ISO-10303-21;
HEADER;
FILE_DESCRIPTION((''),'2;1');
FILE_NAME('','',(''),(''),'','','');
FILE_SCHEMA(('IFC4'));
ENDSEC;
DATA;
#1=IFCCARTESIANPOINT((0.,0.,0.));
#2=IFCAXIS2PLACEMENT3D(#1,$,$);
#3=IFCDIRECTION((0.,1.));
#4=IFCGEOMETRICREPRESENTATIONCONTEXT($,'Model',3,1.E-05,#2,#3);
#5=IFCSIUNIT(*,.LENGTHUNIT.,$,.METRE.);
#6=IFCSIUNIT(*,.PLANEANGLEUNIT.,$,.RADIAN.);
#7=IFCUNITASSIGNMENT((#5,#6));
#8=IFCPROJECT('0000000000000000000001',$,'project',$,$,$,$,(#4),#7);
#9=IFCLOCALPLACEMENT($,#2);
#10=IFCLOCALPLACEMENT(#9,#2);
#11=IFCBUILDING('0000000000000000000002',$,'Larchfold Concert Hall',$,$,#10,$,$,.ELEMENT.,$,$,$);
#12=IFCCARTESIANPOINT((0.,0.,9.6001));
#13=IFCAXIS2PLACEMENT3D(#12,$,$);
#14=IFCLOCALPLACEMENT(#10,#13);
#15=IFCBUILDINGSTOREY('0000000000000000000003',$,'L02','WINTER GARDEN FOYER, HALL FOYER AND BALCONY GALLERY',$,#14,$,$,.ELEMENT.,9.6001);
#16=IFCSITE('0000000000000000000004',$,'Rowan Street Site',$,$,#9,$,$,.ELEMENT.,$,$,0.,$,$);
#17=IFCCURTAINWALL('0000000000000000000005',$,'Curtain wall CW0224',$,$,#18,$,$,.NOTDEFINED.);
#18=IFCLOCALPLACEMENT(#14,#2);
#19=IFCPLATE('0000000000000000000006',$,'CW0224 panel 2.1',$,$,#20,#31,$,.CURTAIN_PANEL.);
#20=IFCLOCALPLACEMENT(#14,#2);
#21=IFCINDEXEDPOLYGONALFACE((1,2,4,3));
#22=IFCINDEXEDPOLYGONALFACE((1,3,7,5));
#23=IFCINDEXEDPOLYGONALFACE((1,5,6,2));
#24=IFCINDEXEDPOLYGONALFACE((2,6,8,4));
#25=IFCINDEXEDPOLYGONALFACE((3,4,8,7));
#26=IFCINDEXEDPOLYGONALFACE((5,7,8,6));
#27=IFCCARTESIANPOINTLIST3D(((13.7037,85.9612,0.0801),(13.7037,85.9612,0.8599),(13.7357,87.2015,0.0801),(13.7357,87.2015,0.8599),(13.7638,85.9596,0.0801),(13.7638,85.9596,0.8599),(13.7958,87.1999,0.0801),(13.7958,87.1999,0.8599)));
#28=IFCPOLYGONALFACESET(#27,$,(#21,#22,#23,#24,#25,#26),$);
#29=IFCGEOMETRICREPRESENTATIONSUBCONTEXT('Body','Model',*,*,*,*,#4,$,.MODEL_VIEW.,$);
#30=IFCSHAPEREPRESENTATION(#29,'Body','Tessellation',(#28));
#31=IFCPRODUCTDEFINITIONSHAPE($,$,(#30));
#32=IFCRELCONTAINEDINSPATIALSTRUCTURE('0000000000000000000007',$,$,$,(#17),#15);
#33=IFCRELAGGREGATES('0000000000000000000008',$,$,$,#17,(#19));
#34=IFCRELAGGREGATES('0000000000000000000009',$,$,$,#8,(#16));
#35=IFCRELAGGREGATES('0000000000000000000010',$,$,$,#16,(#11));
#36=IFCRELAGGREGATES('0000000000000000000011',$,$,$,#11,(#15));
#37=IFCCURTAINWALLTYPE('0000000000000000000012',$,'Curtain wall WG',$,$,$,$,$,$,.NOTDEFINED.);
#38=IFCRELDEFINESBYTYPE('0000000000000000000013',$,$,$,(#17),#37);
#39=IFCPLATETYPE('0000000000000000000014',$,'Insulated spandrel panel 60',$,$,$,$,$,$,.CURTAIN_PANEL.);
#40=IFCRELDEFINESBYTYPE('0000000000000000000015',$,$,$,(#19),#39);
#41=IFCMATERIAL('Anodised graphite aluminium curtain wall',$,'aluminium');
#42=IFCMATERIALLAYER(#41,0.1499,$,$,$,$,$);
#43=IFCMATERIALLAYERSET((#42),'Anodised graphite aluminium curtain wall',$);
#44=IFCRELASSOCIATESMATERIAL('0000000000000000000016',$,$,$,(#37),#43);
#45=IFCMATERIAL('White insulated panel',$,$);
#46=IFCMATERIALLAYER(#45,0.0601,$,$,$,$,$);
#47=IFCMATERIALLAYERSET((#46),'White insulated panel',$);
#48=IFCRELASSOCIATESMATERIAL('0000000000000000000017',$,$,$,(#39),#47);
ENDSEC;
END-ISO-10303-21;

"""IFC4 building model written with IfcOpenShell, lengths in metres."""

from ifc_helpers import new_model, si_unit, direction, frame, origin, origin_2d, place, context, subcontext, project, spatial, rectangle, extrude, material, layer, layer_set, type_object, element, aggregate, save


model = new_model("IFC4")

# Units and contexts
model_context = context("Model", 3, precision=1e-05, world=origin(), true_north=direction((0.0, 1.0)))
body_context = subcontext(model_context, "Body", "Model", "MODEL_VIEW")
ifc_project = project(units=[si_unit("LENGTHUNIT", "METRE"), si_unit("PLANEANGLEUNIT", "RADIAN")], contexts=[model_context])

# Site, building, storey
site_placement = place(None, origin())
site = spatial("IfcSite", under=ifc_project, at=site_placement, Name="Rowan Street Site", CompositionType="ELEMENT", RefElevation=0.0)
building_placement = place(site_placement, origin())
building = spatial("IfcBuilding", under=site, at=building_placement, Name="Larchfold Concert Hall", CompositionType="ELEMENT")
storey_placement = place(building_placement, frame((0.0, 0.0, 9.6001)))
storey = spatial("IfcBuildingStorey", under=building, at=storey_placement, Name="L02", Description="WINTER GARDEN FOYER, HALL FOYER AND BALCONY GALLERY", CompositionType="ELEMENT", Elevation=9.6001)

# Curtain wall
ifc_material_1 = material(Name="Anodised graphite aluminium curtain wall", Category="aluminium")
ifc_layer_1 = layer(ifc_material_1, 0.1499)
ifc_layer_set_1 = layer_set([ifc_layer_1], Name="Anodised graphite aluminium curtain wall")
curtain_wall_type = type_object("IfcCurtainWallType", Name="Curtain wall WG", PredefinedType="NOTDEFINED", material=ifc_layer_set_1)
curtain_wall_1_placement = place(storey_placement, origin())
curtain_wall_1 = element("IfcCurtainWall", 1, at=curtain_wall_1_placement, inside=storey, type_object=curtain_wall_type, Name="Curtain wall CW0224", PredefinedType="NOTDEFINED")

# Plate
ifc_material_2 = material(Name="White insulated panel")
ifc_layer_2 = layer(ifc_material_2, 0.0601)
ifc_layer_set_2 = layer_set([ifc_layer_2], Name="White insulated panel")
plate_type_1 = type_object("IfcPlateType", Name="Insulated spandrel panel 60", PredefinedType="CURTAIN_PANEL", material=ifc_layer_set_2)
plate_1_placement = place(storey_placement, frame((13.7498, 86.5806, 0.0801), z_axis=(0.0, 0.0, 1.0), x_axis=(0.025776, 0.999668, 0.0)))
plate_1 = element("IfcPlate", 2, at=plate_1_placement, type_object=plate_type_1, Name="CW0224 panel 2.1", PredefinedType="CURTAIN_PANEL", context=body_context, shape_type="SweptSolid", body=[
    extrude(rectangle(XDim=1.2407, YDim=0.0601, at=origin_2d()), origin(), (0.0, 0.0, 1.0), 0.7798),
])
aggregate(curtain_wall_1, [plate_1])

save(model, "model.ifc")
